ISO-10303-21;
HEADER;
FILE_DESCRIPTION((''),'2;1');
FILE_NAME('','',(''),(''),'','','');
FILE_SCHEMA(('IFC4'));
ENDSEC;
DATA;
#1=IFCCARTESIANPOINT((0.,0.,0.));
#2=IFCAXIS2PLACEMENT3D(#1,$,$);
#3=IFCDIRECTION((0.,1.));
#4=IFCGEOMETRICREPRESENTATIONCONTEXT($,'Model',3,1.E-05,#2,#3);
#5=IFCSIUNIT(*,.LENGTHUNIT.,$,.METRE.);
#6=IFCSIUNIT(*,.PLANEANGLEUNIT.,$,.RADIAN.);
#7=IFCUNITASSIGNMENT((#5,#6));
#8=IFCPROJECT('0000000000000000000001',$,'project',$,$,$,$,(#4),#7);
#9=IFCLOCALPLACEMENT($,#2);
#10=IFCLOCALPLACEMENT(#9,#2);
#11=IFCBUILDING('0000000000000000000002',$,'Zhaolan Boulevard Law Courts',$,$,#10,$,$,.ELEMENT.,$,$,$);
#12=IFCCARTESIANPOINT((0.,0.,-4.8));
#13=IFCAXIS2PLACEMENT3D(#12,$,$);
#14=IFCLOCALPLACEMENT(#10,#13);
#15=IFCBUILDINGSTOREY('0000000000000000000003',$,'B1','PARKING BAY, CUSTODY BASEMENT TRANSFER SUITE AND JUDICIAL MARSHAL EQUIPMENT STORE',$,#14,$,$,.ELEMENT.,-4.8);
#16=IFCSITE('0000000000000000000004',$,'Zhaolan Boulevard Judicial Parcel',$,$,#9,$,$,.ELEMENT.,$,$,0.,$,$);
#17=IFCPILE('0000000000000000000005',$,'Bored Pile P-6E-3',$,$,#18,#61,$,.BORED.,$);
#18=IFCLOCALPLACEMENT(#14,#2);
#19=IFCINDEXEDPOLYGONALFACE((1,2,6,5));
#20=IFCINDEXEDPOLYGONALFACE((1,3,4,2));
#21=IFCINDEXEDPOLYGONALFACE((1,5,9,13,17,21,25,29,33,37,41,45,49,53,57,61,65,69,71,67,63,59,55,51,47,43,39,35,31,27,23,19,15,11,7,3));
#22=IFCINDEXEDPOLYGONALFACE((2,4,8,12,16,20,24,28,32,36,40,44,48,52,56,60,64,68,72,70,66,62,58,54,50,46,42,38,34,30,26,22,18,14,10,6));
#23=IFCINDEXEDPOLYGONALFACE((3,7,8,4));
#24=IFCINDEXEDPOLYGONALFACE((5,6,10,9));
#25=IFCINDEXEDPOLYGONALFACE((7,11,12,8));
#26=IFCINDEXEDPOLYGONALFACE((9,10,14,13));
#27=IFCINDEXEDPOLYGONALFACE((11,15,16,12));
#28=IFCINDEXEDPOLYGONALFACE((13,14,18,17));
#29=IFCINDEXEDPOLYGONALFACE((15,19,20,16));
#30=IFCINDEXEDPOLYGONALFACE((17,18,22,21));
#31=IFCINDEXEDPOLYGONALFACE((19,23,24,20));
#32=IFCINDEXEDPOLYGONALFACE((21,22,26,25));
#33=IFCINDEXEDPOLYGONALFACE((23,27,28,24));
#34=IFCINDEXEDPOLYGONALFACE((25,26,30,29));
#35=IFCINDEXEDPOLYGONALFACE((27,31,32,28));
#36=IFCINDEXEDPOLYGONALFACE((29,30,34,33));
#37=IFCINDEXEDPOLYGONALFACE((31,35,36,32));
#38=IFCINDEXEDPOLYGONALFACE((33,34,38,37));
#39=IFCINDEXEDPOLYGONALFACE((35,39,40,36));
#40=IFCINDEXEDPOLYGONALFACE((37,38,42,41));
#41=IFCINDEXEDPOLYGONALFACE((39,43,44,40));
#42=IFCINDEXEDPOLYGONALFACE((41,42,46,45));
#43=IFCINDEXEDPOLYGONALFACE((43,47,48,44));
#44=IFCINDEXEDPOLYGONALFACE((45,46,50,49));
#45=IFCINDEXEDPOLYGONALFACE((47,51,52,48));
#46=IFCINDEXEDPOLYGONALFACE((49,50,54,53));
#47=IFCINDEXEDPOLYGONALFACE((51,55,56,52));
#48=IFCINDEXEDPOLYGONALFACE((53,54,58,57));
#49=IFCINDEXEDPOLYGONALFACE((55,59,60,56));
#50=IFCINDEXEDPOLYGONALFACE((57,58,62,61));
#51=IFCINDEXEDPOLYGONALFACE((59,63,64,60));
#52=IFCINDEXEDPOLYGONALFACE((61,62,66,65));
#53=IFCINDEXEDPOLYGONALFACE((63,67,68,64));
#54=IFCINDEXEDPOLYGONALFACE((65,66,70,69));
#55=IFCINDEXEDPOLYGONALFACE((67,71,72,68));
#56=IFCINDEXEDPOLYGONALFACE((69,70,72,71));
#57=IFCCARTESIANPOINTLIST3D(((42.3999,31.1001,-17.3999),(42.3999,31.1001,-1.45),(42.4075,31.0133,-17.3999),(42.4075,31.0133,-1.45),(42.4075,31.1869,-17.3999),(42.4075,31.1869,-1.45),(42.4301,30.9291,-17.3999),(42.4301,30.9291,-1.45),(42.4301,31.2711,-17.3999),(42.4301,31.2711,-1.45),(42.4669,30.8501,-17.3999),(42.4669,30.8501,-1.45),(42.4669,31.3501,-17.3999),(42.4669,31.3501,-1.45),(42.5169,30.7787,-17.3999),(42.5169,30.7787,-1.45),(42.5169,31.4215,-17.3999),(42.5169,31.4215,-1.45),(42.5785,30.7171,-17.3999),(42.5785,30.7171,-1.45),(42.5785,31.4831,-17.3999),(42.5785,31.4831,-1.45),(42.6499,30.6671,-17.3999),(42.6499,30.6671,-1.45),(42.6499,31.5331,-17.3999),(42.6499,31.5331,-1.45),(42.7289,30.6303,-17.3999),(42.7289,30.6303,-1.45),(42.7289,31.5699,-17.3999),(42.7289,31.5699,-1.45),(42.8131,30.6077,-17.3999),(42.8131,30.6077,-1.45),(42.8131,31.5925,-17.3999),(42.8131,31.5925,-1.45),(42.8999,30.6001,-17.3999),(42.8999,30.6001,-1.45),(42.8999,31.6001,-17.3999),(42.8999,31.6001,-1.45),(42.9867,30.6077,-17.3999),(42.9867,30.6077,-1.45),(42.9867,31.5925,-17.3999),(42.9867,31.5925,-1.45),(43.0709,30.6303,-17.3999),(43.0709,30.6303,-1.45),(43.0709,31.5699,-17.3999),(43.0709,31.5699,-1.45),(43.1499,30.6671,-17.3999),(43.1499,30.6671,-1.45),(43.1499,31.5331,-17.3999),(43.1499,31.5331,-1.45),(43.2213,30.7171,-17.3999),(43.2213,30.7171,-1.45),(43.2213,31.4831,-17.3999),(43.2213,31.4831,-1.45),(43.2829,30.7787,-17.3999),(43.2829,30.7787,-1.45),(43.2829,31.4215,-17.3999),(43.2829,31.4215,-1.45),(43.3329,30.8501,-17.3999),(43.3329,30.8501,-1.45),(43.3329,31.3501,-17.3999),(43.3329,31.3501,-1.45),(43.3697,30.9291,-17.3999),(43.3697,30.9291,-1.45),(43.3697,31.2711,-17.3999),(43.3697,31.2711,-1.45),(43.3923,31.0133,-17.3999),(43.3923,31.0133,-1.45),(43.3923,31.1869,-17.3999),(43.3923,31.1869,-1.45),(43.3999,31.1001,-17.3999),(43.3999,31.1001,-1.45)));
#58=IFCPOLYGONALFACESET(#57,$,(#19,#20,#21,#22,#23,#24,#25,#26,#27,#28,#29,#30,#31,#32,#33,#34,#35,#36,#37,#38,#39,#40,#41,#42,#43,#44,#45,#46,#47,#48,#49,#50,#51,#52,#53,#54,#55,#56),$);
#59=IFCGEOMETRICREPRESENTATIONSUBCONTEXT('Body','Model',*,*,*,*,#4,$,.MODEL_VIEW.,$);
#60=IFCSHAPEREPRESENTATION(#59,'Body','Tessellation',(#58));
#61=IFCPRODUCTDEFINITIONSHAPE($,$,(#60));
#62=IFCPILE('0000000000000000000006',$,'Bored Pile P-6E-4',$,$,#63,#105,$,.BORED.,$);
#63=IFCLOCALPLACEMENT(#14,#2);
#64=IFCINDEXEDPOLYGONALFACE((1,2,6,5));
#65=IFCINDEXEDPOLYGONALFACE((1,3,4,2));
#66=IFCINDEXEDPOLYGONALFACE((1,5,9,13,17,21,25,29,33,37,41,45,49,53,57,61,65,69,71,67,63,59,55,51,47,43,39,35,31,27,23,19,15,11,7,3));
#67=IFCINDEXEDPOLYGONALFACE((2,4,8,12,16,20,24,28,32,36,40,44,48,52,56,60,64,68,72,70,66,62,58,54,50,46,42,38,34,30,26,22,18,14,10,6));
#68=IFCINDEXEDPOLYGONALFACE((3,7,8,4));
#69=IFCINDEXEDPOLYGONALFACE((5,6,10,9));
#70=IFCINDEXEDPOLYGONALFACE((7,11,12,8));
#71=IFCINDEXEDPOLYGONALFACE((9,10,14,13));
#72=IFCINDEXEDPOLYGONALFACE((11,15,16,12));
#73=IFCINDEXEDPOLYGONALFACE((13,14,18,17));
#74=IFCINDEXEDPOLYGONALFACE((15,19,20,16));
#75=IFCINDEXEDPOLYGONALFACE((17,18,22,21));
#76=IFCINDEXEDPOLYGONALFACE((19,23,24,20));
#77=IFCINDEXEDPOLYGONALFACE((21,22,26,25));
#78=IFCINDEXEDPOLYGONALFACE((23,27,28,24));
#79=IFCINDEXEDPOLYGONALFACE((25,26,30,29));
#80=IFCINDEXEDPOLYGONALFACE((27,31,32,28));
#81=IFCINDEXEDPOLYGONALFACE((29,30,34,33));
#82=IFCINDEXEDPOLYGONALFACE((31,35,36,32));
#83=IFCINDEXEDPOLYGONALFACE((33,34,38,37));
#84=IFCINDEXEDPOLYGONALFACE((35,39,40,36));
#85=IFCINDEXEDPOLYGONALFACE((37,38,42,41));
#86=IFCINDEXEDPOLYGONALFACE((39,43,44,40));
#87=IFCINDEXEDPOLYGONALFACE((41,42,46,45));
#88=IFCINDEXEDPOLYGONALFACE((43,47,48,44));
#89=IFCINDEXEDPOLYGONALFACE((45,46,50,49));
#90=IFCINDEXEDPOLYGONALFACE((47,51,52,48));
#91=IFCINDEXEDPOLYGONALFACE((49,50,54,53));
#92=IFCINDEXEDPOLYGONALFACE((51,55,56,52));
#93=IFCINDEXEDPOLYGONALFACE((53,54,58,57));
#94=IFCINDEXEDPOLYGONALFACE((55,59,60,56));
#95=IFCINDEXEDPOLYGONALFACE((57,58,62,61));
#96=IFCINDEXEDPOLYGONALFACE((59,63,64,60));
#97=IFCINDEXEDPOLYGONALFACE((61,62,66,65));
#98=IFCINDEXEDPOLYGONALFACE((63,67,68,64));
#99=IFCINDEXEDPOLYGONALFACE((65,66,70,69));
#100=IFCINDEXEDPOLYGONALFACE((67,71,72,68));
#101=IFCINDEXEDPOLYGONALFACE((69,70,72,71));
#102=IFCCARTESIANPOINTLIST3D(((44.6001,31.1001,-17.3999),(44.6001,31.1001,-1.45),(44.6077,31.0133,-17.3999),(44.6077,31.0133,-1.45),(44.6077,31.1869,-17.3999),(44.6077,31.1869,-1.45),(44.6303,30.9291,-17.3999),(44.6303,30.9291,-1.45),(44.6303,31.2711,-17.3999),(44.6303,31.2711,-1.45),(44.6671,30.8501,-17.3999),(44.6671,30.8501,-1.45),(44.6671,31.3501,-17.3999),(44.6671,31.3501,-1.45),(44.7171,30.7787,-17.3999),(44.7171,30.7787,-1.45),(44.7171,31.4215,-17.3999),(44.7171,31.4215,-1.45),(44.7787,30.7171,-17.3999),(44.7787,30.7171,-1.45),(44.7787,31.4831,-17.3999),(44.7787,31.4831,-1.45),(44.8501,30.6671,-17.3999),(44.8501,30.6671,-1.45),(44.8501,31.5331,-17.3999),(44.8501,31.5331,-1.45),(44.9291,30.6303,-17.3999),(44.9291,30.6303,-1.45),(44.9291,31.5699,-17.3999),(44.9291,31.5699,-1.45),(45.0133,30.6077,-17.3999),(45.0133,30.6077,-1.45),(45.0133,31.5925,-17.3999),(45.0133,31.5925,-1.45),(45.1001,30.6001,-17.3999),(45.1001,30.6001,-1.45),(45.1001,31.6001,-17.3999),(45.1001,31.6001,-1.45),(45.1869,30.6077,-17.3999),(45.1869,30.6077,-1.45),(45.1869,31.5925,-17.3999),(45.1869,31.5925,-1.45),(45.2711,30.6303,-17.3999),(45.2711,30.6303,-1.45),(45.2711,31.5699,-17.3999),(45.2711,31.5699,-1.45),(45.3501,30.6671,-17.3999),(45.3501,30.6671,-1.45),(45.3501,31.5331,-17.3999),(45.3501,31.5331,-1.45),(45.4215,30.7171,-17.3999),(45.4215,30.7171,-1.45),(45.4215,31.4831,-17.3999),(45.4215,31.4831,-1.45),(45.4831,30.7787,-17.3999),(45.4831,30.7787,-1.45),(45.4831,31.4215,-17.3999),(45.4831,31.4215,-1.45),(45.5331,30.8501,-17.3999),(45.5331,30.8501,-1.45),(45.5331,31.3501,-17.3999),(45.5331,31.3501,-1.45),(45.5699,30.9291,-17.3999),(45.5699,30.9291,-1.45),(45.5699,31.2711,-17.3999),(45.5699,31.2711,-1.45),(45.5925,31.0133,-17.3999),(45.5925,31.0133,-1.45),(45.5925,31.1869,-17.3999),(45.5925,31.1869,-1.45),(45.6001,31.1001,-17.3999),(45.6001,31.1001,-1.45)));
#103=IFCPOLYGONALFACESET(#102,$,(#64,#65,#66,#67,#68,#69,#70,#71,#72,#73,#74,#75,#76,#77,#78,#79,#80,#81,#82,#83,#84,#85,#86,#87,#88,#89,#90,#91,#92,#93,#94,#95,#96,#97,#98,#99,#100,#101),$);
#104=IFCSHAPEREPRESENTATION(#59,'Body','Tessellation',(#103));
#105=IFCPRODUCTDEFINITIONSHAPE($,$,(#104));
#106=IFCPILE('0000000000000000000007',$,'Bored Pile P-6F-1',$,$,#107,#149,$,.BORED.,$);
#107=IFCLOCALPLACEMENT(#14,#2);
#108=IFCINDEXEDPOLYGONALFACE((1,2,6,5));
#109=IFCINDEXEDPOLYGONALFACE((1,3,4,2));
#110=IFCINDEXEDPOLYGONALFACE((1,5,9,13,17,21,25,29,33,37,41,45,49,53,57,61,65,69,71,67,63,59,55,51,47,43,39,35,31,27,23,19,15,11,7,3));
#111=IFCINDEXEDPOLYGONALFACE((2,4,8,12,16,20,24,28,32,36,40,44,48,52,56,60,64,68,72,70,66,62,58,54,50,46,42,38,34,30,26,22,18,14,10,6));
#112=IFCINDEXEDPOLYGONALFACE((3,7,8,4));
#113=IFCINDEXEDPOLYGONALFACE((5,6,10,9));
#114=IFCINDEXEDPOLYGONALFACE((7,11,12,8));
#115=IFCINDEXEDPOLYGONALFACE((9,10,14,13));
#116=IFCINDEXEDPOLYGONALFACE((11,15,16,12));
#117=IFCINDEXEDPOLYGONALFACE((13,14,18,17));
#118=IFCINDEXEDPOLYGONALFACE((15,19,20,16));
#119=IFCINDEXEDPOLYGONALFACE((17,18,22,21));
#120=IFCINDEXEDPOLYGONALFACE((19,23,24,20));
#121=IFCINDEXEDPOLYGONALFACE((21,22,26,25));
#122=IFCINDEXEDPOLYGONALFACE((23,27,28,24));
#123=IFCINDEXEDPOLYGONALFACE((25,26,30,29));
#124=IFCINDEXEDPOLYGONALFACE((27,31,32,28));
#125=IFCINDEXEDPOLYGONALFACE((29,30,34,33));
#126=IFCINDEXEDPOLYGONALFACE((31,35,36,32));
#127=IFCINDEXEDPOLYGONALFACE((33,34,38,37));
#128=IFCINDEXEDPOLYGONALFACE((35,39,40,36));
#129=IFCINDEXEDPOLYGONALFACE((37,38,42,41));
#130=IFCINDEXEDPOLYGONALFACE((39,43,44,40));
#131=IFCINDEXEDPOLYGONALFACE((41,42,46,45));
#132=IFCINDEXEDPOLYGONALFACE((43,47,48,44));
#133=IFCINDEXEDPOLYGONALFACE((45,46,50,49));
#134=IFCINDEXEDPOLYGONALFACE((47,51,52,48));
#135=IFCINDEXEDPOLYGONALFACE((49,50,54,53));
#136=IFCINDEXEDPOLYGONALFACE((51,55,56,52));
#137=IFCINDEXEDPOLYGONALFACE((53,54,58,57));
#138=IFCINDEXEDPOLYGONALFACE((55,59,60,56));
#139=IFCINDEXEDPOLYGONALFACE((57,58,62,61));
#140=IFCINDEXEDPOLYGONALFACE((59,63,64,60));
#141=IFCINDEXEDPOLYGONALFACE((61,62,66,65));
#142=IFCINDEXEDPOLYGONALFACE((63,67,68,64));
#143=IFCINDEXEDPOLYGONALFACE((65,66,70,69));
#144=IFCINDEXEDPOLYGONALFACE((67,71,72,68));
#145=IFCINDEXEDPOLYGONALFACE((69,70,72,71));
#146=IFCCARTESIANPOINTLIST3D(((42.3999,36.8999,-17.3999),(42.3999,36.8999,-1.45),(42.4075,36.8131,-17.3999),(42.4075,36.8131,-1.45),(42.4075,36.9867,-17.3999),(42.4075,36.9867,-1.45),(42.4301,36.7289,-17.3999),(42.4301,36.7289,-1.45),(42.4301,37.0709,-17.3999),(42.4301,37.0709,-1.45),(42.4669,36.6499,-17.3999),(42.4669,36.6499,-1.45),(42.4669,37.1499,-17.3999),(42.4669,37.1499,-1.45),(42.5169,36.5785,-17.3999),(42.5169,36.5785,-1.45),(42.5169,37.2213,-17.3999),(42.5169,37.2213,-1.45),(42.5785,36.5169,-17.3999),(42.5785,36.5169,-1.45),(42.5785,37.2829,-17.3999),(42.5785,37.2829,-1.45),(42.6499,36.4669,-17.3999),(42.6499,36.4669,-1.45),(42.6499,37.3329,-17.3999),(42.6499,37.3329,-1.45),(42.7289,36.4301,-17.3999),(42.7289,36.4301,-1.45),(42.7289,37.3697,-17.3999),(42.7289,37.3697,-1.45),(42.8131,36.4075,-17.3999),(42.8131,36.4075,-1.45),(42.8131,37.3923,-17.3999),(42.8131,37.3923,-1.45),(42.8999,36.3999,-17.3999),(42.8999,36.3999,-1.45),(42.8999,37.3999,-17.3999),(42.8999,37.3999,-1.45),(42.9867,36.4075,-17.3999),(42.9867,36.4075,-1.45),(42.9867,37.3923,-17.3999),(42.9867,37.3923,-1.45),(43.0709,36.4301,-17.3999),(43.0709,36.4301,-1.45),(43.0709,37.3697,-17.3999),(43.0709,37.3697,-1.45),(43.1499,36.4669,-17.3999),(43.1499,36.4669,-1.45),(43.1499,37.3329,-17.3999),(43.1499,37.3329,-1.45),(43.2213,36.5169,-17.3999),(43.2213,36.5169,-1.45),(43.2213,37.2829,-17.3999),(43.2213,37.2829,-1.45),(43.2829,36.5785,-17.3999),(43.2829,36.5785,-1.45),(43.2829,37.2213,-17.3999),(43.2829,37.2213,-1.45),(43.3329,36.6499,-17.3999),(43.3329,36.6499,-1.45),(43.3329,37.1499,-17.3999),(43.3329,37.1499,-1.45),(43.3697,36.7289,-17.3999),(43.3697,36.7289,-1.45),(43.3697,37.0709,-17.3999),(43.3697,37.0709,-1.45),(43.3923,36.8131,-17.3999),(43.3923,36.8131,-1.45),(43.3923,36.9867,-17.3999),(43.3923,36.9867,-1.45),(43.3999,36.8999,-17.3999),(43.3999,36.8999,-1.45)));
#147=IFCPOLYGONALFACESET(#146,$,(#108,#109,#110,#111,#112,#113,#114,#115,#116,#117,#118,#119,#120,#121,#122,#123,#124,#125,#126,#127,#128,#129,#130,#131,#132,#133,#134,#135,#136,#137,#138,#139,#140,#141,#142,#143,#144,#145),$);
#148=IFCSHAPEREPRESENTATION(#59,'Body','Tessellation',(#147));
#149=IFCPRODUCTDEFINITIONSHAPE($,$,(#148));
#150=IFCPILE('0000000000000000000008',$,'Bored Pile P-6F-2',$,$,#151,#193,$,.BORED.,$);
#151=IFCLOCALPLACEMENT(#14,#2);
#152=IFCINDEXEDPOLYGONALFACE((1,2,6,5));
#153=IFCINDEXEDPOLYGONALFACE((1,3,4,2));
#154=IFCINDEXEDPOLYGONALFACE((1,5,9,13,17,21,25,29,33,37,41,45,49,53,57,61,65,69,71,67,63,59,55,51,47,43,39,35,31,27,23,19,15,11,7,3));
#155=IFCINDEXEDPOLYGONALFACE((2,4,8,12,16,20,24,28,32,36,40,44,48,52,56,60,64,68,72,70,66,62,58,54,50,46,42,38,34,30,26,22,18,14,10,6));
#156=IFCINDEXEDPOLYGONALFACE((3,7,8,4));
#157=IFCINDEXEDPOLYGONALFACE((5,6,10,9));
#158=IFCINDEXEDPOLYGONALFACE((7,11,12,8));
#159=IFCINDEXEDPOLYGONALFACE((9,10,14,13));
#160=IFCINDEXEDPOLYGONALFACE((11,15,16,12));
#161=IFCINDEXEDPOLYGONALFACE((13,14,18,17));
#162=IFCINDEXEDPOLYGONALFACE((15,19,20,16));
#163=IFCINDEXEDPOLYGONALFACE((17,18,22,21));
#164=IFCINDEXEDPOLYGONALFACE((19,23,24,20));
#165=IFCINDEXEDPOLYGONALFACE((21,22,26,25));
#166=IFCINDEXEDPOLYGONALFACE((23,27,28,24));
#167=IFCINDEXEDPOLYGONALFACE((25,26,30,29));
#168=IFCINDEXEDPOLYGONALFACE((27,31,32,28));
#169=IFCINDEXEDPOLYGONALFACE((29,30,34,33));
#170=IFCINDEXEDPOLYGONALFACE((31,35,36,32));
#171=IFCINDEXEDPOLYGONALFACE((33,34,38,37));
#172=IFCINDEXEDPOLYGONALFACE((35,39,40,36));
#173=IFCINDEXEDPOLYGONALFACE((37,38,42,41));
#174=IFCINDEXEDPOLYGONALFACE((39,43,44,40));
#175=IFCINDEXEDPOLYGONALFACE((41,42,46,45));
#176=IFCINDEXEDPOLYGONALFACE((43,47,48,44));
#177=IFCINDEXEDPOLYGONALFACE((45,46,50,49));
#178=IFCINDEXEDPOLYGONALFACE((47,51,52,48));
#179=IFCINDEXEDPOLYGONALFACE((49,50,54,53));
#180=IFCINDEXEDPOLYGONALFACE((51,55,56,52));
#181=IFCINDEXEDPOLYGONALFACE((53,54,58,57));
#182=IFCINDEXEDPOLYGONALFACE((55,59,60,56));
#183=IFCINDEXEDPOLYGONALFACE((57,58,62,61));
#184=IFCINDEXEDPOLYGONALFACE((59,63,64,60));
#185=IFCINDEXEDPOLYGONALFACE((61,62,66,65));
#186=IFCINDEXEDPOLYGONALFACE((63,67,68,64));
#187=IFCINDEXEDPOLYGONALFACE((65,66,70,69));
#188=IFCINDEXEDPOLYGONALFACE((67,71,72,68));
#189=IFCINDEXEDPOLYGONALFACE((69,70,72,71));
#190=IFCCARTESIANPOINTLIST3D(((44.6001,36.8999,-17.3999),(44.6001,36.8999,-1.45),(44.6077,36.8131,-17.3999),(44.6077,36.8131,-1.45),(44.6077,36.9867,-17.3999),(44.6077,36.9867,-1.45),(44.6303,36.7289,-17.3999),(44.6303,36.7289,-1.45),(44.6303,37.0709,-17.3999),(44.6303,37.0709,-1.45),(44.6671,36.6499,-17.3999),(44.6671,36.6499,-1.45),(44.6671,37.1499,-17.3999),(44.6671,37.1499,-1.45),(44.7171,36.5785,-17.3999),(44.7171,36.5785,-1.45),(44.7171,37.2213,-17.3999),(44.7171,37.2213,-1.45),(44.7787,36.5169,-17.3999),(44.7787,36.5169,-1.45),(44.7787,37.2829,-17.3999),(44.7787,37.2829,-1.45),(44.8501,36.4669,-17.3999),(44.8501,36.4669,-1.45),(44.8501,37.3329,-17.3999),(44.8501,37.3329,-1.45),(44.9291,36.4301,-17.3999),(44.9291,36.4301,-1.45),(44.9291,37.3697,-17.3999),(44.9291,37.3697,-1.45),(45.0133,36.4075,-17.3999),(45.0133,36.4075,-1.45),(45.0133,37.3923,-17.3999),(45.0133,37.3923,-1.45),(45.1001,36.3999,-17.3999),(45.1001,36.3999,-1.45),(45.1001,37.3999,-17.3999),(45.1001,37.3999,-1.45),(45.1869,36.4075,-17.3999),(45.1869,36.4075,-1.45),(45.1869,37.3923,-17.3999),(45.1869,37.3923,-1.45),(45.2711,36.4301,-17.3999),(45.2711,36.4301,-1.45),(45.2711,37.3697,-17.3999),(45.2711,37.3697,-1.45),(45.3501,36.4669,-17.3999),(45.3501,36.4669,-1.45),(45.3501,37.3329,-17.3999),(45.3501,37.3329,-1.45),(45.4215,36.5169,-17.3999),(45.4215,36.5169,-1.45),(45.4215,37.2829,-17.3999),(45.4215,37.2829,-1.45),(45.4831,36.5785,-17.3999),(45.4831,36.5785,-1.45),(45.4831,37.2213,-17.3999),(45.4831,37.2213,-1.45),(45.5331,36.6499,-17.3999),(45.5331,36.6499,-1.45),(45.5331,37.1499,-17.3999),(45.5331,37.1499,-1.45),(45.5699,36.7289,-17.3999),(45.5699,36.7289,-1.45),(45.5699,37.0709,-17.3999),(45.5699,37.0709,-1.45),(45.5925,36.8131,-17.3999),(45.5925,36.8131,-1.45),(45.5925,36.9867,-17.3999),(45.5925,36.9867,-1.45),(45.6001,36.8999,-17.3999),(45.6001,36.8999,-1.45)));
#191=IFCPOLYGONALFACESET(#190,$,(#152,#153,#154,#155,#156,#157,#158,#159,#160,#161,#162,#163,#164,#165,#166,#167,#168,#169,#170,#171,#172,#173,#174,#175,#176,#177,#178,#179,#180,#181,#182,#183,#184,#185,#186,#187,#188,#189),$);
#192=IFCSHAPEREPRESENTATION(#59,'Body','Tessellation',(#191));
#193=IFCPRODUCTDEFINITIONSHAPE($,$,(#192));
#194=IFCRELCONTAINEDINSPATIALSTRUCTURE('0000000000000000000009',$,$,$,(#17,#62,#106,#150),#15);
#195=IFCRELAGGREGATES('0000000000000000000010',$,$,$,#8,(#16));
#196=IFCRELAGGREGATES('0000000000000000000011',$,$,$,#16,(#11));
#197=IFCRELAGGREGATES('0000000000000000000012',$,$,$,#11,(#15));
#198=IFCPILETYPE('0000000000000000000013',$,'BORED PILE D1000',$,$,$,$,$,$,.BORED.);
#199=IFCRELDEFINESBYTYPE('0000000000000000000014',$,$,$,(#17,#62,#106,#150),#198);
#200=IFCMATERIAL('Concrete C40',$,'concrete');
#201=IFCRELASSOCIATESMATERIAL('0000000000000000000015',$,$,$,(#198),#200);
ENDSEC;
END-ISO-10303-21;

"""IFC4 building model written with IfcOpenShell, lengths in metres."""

from ifc_helpers import new_model, si_unit, direction, frame, origin, origin_2d, place, context, subcontext, project, spatial, circle, extrude, material, material_profile, profile_set, type_object, element, save


model = new_model("IFC4")

# Units and contexts
model_context = context("Model", 3, precision=1e-05, world=origin(), true_north=direction((0.0, 1.0)))
body_context = subcontext(model_context, "Body", "Model", "MODEL_VIEW")
ifc_project = project(units=[si_unit("LENGTHUNIT", "METRE"), si_unit("PLANEANGLEUNIT", "RADIAN")], contexts=[model_context])

# Site, building, storey
site_placement = place(None, origin())
site = spatial("IfcSite", under=ifc_project, at=site_placement, Name="Zhaolan Boulevard Judicial Parcel", CompositionType="ELEMENT", RefElevation=0.0)
building_placement = place(site_placement, origin())
building = spatial("IfcBuilding", under=site, at=building_placement, Name="Zhaolan Boulevard Law Courts", CompositionType="ELEMENT")
storey_placement = place(building_placement, frame((0.0, 0.0, -4.8)))
storey = spatial("IfcBuildingStorey", under=building, at=storey_placement, Name="B1", Description="PARKING BAY, CUSTODY BASEMENT TRANSFER SUITE AND JUDICIAL MARSHAL EQUIPMENT STORE", CompositionType="ELEMENT", Elevation=-4.8)

# Piles
ifc_material_1 = material(Name="Concrete C40", Category="concrete")
ifc_material_profile_1 = material_profile(ifc_material_1, circle(Radius=0.5, at=origin_2d()), Name="PILE-D1000")
ifc_profile_set_1 = profile_set([ifc_material_profile_1], Name="Concrete C40")
pile_type_1 = type_object("IfcPileType", Name="BORED PILE D1000", PredefinedType="BORED", material=ifc_profile_set_1)
for number, where, z_axis, x_axis, name in (
    (1, (42.8999, 31.1001, -1.45), (0.0, 0.0, -1.0), (1.0, 0.0, 0.0), "Bored Pile P-6E-3"),
    (2, (45.1001, 31.1001, -1.45), (0.0, 0.0, -1.0), (1.0, 0.0, 0.0), "Bored Pile P-6E-4"),
    (3, (42.8999, 36.8999, -1.45), (0.0, 0.0, -1.0), (1.0, 0.0, 0.0), "Bored Pile P-6F-1"),
    (4, (45.1001, 36.8999, -1.45), (0.0, 0.0, -1.0), (1.0, 0.0, 0.0), "Bored Pile P-6F-2"),
):
    element("IfcPile", number, at=place(storey_placement, frame(where, z_axis=z_axis, x_axis=x_axis)), inside=storey, type_object=pile_type_1, Name=name, PredefinedType="BORED", context=body_context, shape_type="SweptSolid", body=[
        extrude(circle(Radius=0.5, at=origin_2d()), origin(), (0.0, 0.0, 1.0), 15.95),
    ])

save(model, "model.ifc")
